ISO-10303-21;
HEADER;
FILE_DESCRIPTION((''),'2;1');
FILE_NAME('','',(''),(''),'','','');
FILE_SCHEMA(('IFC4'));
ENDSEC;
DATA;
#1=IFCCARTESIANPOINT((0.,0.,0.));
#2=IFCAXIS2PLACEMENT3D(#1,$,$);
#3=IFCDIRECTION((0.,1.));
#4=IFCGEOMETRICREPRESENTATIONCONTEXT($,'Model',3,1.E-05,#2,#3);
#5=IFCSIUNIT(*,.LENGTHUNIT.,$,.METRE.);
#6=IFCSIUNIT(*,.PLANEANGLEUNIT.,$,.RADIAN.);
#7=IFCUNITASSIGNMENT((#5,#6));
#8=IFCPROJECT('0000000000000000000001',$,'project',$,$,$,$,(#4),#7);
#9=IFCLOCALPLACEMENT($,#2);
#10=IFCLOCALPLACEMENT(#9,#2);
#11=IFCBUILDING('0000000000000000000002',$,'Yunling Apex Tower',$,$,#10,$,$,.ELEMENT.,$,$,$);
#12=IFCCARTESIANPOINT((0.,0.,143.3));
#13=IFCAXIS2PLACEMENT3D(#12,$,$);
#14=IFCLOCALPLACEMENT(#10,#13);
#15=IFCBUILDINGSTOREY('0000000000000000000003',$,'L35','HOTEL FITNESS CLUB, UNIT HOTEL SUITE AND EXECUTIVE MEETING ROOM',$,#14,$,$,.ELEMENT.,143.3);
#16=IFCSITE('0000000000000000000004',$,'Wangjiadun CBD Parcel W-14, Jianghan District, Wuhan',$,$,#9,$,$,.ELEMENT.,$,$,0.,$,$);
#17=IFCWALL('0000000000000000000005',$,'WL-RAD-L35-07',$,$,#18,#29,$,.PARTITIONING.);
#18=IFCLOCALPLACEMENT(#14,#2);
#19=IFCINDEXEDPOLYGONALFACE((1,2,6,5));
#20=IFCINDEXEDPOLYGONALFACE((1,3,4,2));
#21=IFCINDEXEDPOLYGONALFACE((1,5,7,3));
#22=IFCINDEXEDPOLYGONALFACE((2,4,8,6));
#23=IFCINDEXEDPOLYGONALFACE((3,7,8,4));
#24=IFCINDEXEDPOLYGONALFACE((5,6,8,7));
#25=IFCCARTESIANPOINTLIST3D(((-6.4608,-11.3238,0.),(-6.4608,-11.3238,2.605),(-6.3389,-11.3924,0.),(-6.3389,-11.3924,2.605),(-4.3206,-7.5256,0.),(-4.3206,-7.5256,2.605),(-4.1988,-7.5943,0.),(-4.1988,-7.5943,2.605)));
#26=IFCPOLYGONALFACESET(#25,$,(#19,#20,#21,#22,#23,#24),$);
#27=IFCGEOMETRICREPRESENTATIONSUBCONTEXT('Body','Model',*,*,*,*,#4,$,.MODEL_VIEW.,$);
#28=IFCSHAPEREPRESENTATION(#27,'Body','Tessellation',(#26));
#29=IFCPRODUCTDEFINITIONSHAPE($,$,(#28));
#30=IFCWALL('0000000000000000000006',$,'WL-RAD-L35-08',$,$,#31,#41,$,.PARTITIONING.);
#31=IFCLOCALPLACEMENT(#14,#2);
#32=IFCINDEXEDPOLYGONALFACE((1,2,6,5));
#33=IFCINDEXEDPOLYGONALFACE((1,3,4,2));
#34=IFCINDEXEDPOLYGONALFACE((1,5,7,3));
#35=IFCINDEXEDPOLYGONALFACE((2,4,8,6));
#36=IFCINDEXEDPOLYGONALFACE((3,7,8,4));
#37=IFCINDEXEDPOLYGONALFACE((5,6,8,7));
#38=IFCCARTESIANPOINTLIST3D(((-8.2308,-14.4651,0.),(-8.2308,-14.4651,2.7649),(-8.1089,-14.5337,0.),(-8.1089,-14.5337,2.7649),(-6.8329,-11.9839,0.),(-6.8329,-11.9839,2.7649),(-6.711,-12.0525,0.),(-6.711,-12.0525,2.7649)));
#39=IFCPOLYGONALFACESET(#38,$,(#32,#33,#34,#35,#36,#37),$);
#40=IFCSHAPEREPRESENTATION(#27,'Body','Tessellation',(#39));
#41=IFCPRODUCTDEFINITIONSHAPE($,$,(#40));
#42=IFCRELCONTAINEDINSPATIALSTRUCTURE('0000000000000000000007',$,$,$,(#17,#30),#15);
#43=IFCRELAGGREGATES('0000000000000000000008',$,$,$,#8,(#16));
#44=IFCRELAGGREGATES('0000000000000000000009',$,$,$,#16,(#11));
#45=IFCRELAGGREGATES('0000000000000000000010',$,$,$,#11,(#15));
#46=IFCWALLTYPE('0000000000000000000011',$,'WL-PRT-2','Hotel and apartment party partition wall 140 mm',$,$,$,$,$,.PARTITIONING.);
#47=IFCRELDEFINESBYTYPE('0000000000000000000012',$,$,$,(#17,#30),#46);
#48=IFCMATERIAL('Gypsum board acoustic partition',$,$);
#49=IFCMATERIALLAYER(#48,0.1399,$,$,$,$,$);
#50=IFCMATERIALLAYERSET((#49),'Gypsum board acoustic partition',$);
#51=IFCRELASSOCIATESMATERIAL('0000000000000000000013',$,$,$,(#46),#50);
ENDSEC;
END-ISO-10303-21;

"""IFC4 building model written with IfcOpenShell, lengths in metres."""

from ifc_helpers import new_model, si_unit, direction, frame, frame_2d, origin, place, context, subcontext, project, spatial, rectangle, extrude, material, layer, layer_set, type_object, element, save


model = new_model("IFC4")

# Units and contexts
model_context = context("Model", 3, precision=1e-05, world=origin(), true_north=direction((0.0, 1.0)))
body_context = subcontext(model_context, "Body", "Model", "MODEL_VIEW")
ifc_project = project(units=[si_unit("LENGTHUNIT", "METRE"), si_unit("PLANEANGLEUNIT", "RADIAN")], contexts=[model_context])

# Site, building, storey
site_placement = place(None, origin())
site = spatial("IfcSite", under=ifc_project, at=site_placement, Name="Wangjiadun CBD Parcel W-14, Jianghan District, Wuhan", CompositionType="ELEMENT", RefElevation=0.0)
building_placement = place(site_placement, origin())
building = spatial("IfcBuilding", under=site, at=building_placement, Name="Yunling Apex Tower", CompositionType="ELEMENT")
storey_placement = place(building_placement, frame((0.0, 0.0, 143.3)))
storey = spatial("IfcBuildingStorey", under=building, at=storey_placement, Name="L35", Description="HOTEL FITNESS CLUB, UNIT HOTEL SUITE AND EXECUTIVE MEETING ROOM", CompositionType="ELEMENT", Elevation=143.3)

# Shared definitions
ifc_material_1 = material(Name="Gypsum board acoustic partition")

# Walls
ifc_layer_1 = layer(ifc_material_1, 0.1399)
ifc_layer_set_1 = layer_set([ifc_layer_1], Name="Gypsum board acoustic partition")
wall_type_1 = type_object("IfcWallType", Name="WL-PRT-2", Description="Hotel and apartment party partition wall 140 mm", PredefinedType="PARTITIONING", material=ifc_layer_set_1)
wall_1_placement = place(storey_placement, frame((-4.2598, -7.5601, 0.0), z_axis=(0.0, 0.0, 1.0), x_axis=(-0.490907, -0.871212, 0.0)))
element("IfcWall", 1, at=wall_1_placement, inside=storey, type_object=wall_type_1, Name="WL-RAD-L35-07", PredefinedType="PARTITIONING", context=body_context, shape_type="SweptSolid", body=[
    extrude(rectangle(XDim=4.3596, YDim=0.1399, at=frame_2d((2.1797, 0.0))), origin(), (0.0, 0.0, 1.0), 2.605),
])
wall_2_placement = place(storey_placement, frame((-6.772, -12.0183, 0.0), z_axis=(0.0, 0.0, 1.0), x_axis=(-0.490868, -0.871234, 0.0)))
element("IfcWall", 2, at=wall_2_placement, inside=storey, type_object=wall_type_1, Name="WL-RAD-L35-08", PredefinedType="PARTITIONING", context=body_context, shape_type="SweptSolid", body=[
    extrude(rectangle(XDim=2.8479, YDim=0.1399, at=frame_2d((1.4238, 0.0))), origin(), (0.0, 0.0, 1.0), 2.7649),
])

save(model, "model.ifc")
